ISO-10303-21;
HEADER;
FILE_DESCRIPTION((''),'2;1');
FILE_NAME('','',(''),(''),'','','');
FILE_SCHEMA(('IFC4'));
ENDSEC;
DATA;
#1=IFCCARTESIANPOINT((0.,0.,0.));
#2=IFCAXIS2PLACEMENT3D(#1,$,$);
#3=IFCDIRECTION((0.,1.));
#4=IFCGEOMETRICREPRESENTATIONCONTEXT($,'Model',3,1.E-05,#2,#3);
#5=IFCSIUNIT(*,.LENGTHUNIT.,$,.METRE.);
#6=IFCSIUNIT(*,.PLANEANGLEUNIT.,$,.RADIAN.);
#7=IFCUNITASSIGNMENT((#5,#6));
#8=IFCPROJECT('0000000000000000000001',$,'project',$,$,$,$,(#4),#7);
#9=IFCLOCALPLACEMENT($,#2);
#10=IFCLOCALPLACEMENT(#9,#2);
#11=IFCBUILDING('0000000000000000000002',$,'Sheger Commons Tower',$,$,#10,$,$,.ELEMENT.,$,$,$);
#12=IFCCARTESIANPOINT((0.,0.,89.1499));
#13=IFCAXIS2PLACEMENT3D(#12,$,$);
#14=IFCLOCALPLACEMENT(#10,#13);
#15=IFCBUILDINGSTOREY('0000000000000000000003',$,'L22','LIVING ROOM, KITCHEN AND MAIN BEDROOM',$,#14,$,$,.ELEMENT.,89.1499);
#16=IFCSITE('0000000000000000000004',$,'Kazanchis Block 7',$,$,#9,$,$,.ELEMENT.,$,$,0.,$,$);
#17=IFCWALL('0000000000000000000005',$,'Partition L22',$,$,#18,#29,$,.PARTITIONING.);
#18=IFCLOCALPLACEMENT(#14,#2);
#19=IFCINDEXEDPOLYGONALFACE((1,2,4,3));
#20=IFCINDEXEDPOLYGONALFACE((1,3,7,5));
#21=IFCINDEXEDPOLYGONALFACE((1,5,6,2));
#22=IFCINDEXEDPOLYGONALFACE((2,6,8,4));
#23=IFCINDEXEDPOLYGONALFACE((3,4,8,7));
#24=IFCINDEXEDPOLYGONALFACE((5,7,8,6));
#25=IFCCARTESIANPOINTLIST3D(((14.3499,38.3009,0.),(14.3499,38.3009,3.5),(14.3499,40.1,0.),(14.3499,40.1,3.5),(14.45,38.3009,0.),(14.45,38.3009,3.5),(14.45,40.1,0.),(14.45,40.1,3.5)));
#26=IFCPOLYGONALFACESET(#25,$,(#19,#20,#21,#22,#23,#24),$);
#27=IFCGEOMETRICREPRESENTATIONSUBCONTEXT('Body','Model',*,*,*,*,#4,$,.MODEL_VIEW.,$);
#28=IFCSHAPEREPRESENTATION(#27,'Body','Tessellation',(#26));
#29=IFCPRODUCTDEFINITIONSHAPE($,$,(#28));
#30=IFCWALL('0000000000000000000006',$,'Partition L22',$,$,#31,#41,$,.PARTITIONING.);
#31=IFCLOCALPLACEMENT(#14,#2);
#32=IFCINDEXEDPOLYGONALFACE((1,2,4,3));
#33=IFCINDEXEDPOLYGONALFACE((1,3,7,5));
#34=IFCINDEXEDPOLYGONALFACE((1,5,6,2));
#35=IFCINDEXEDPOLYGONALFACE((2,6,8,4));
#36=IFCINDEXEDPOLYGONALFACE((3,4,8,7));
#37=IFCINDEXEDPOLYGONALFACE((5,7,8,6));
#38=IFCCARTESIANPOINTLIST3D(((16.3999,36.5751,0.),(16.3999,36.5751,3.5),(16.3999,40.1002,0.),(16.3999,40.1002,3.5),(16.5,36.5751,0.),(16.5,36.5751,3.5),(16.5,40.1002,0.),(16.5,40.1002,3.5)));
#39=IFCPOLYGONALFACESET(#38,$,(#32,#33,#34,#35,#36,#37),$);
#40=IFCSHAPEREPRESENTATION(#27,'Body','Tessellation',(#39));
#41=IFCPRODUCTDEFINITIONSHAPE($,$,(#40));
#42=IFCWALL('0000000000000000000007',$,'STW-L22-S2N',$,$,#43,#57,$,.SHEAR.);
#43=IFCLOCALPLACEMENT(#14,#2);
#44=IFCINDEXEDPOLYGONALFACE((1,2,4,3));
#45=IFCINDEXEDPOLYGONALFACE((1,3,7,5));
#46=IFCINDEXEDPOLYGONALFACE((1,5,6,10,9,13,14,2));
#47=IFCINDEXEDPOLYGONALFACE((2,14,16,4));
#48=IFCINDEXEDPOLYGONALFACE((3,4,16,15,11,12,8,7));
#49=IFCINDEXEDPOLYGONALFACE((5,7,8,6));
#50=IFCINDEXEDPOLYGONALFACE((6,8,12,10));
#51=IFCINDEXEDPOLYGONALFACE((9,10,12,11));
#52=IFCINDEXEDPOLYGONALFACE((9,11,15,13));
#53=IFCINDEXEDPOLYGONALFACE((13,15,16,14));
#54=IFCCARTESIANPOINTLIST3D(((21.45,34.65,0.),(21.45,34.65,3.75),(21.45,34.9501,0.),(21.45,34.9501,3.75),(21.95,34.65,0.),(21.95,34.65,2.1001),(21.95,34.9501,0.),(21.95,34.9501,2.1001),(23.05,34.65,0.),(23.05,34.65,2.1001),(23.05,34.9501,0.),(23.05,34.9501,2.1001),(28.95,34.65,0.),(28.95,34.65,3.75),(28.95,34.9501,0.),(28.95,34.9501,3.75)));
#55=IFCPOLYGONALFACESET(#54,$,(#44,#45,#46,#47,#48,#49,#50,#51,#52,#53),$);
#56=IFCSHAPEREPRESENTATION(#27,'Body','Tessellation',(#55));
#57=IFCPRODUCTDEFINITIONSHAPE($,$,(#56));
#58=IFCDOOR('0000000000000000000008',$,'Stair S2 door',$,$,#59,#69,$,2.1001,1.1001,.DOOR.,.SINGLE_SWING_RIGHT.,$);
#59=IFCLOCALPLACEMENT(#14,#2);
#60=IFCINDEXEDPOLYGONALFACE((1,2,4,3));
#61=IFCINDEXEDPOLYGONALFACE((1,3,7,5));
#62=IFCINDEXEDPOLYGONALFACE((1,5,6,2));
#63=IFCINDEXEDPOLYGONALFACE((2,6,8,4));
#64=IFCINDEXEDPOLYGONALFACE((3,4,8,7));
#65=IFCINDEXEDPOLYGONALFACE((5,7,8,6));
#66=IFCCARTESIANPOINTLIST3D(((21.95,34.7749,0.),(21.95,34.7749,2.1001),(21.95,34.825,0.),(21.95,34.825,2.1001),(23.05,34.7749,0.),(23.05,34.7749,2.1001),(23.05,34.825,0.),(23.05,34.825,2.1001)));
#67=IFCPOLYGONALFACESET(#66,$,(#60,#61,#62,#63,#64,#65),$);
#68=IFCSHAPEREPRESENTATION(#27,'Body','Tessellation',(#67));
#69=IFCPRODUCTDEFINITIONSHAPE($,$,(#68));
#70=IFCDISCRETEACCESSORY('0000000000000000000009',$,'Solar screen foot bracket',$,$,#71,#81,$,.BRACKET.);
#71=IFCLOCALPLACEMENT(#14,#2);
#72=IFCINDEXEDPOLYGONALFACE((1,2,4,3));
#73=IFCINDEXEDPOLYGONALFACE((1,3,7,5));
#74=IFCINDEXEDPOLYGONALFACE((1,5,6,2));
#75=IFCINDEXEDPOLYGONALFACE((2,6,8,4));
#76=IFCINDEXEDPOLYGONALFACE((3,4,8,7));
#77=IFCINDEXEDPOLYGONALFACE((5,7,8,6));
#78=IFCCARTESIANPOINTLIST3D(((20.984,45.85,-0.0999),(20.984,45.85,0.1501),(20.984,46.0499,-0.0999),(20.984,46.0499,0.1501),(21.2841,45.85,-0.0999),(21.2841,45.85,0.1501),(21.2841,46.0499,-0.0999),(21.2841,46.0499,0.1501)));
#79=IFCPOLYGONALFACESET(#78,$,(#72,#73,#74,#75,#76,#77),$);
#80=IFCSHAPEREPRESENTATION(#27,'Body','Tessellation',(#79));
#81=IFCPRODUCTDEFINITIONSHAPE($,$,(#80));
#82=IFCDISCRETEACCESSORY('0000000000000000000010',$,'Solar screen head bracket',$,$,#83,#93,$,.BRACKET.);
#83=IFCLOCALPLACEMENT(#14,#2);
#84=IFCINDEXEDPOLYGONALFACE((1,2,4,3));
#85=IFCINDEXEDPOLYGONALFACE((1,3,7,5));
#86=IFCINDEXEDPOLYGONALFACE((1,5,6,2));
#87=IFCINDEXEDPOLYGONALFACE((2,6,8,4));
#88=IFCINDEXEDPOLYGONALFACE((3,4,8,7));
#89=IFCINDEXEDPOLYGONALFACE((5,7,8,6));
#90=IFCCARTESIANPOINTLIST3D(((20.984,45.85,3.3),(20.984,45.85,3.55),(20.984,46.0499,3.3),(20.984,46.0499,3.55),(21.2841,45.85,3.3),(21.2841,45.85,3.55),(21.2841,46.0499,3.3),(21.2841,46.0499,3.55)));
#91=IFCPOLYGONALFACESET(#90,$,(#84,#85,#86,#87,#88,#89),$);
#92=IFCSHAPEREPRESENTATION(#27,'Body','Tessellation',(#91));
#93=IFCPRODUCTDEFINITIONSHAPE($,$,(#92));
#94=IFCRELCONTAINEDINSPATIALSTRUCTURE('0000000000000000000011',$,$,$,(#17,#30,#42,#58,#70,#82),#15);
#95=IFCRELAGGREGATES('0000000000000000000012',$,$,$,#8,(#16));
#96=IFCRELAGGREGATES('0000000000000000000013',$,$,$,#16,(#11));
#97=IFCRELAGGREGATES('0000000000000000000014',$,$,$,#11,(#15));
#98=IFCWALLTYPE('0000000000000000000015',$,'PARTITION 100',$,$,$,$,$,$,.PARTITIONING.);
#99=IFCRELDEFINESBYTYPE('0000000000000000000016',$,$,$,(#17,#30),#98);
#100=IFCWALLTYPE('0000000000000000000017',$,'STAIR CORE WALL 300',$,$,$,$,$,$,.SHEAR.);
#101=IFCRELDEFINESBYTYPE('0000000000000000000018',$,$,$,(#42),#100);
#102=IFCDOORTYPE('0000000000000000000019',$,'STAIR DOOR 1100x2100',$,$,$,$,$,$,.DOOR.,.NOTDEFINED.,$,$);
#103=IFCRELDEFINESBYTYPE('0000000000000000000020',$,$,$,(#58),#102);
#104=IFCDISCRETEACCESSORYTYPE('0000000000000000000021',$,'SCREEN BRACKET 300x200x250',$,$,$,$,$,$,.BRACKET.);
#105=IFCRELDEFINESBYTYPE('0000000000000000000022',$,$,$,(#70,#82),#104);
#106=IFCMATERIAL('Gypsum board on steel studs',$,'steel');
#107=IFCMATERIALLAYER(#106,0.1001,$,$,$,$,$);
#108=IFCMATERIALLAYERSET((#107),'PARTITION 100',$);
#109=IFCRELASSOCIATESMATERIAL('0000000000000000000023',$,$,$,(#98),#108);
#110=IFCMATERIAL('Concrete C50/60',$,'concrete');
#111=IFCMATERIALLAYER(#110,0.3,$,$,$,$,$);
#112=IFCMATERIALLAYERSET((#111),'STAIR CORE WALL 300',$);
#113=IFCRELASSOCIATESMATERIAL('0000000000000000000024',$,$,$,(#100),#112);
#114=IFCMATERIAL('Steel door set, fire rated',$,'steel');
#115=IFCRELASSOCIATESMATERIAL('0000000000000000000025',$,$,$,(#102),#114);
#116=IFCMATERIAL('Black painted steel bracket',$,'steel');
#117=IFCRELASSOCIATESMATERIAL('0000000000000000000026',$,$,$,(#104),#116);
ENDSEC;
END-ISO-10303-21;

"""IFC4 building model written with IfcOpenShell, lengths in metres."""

from ifc_helpers import new_model, si_unit, direction, frame, frame_2d, origin, origin_2d, place, context, subcontext, project, spatial, rectangle, extrude, material, layer, layer_set, type_object, element, fill, save


model = new_model("IFC4")

# Units and contexts
model_context = context("Model", 3, precision=1e-05, world=origin(), true_north=direction((0.0, 1.0)))
body_context = subcontext(model_context, "Body", "Model", "MODEL_VIEW")
ifc_project = project(units=[si_unit("LENGTHUNIT", "METRE"), si_unit("PLANEANGLEUNIT", "RADIAN")], contexts=[model_context])

# Site, building, storey
site_placement = place(None, origin())
site = spatial("IfcSite", under=ifc_project, at=site_placement, Name="Kazanchis Block 7", CompositionType="ELEMENT", RefElevation=0.0)
building_placement = place(site_placement, origin())
building = spatial("IfcBuilding", under=site, at=building_placement, Name="Sheger Commons Tower", CompositionType="ELEMENT")
storey_placement = place(building_placement, frame((0.0, 0.0, 89.1499)))
storey = spatial("IfcBuildingStorey", under=building, at=storey_placement, Name="L22", Description="LIVING ROOM, KITCHEN AND MAIN BEDROOM", CompositionType="ELEMENT", Elevation=89.1499)

# Shared definitions
ifc_material_1 = material(Name="Gypsum board on steel studs", Category="steel")
ifc_layer_1 = layer(ifc_material_1, 0.1001)
ifc_layer_set_1 = layer_set([ifc_layer_1], Name="PARTITION 100")
wall_type_1 = type_object("IfcWallType", Name="PARTITION 100", PredefinedType="PARTITIONING", material=ifc_layer_set_1)

# Walls
wall_1_placement = place(storey_placement, frame((14.3999, 38.301, 0.0), z_axis=(0.0, 0.0, 1.0), x_axis=(0.0, 1.0, 0.0)))
element("IfcWall", 1, at=wall_1_placement, inside=storey, type_object=wall_type_1, Name="Partition L22", PredefinedType="PARTITIONING", context=body_context, shape_type="SweptSolid", body=[
    extrude(rectangle(XDim=1.7991, YDim=0.1001, at=frame_2d((0.8994, 0.0))), origin(), (0.0, 0.0, 1.0), 3.5),
])
wall_2_placement = place(storey_placement, frame((16.45, 36.575, 0.0), z_axis=(0.0, 0.0, 1.0), x_axis=(0.0, 1.0, 0.0)))
element("IfcWall", 2, at=wall_2_placement, inside=storey, type_object=wall_type_1, Name="Partition L22", PredefinedType="PARTITIONING", context=body_context, shape_type="SweptSolid", body=[
    extrude(rectangle(XDim=3.5251, YDim=0.1001, at=frame_2d((1.7627, 0.0))), origin(), (0.0, 0.0, 1.0), 3.5),
])

# Wall, opening, door
ifc_material_2 = material(Name="Concrete C50/60", Category="concrete")
ifc_layer_2 = layer(ifc_material_2, 0.3)
ifc_layer_set_2 = layer_set([ifc_layer_2], Name="STAIR CORE WALL 300")
wall_type_2 = type_object("IfcWallType", Name="STAIR CORE WALL 300", PredefinedType="SHEAR", material=ifc_layer_set_2)
wall_3_placement = place(storey_placement, frame((21.45, 34.8, 0.0), z_axis=(0.0, 0.0, 1.0), x_axis=(1.0, 0.0, 0.0)))
wall_3 = element("IfcWall", 3, at=wall_3_placement, inside=storey, type_object=wall_type_2, Name="STW-L22-S2N", PredefinedType="SHEAR", context=body_context, shape_type="SweptSolid", body=[
    extrude(rectangle(XDim=7.5, YDim=0.3, at=frame_2d((3.75, 0.0))), origin(), (0.0, 0.0, 1.0), 3.75),
])
opening_1_placement = place(wall_3_placement, frame((0.5, 0.0, 0.0)))
opening_1 = element("IfcOpeningElement", 4, at=opening_1_placement, cuts=wall_3, PredefinedType="OPENING", context=body_context, shape_type="SweptSolid", body=[
    extrude(rectangle(XDim=1.1001, YDim=2.1001, at=frame_2d((0.55, 1.05))), frame((0.0, 0.1599, 0.0), z_axis=(0.0, -1.0, 0.0), x_axis=(1.0, 0.0, 0.0)), (0.0, 0.0, 1.0), 0.3201),
])
ifc_material_3 = material(Name="Steel door set, fire rated", Category="steel")
door_type_1 = type_object("IfcDoorType", Name="STAIR DOOR 1100x2100", OperationType="NOTDEFINED", PredefinedType="DOOR", material=ifc_material_3)
door_1_placement = place(opening_1_placement, origin())
door_1 = element("IfcDoor", 5, at=door_1_placement, inside=storey, type_object=door_type_1, Name="Stair S2 door", OperationType="SINGLE_SWING_RIGHT", OverallHeight=2.1001, OverallWidth=1.1001, PredefinedType="DOOR", context=body_context, shape_type="SweptSolid", body=[
    extrude(rectangle(XDim=1.1001, YDim=2.1001, at=frame_2d((0.55, 1.05))), frame((0.0, 0.0249, 0.0), z_axis=(0.0, -1.0, 0.0), x_axis=(1.0, 0.0, 0.0)), (0.0, 0.0, 1.0), 0.05),
])
fill(opening_1, door_1)

# Discrete accessories
ifc_material_4 = material(Name="Black painted steel bracket", Category="steel")
discrete_accessory_type = type_object("IfcDiscreteAccessoryType", Name="SCREEN BRACKET 300x200x250", PredefinedType="BRACKET", material=ifc_material_4)
for number, where, z_axis, x_axis, name in (
    (6, (21.134, 45.95, -0.0999), (0.0, 0.0, 1.0), (-1.0, 0.0, 0.0), "Solar screen foot bracket"),
    (7, (21.134, 45.95, 3.3), (0.0, 0.0, 1.0), (-1.0, 0.0, 0.0), "Solar screen head bracket"),
):
    element("IfcDiscreteAccessory", number, at=place(storey_placement, frame(where, z_axis=z_axis, x_axis=x_axis)), inside=storey, type_object=discrete_accessory_type, Name=name, PredefinedType="BRACKET", context=body_context, shape_type="SweptSolid", body=[
        extrude(rectangle(XDim=0.3, YDim=0.2, at=origin_2d()), origin(), (0.0, 0.0, 1.0), 0.25),
    ])

save(model, "model.ifc")
